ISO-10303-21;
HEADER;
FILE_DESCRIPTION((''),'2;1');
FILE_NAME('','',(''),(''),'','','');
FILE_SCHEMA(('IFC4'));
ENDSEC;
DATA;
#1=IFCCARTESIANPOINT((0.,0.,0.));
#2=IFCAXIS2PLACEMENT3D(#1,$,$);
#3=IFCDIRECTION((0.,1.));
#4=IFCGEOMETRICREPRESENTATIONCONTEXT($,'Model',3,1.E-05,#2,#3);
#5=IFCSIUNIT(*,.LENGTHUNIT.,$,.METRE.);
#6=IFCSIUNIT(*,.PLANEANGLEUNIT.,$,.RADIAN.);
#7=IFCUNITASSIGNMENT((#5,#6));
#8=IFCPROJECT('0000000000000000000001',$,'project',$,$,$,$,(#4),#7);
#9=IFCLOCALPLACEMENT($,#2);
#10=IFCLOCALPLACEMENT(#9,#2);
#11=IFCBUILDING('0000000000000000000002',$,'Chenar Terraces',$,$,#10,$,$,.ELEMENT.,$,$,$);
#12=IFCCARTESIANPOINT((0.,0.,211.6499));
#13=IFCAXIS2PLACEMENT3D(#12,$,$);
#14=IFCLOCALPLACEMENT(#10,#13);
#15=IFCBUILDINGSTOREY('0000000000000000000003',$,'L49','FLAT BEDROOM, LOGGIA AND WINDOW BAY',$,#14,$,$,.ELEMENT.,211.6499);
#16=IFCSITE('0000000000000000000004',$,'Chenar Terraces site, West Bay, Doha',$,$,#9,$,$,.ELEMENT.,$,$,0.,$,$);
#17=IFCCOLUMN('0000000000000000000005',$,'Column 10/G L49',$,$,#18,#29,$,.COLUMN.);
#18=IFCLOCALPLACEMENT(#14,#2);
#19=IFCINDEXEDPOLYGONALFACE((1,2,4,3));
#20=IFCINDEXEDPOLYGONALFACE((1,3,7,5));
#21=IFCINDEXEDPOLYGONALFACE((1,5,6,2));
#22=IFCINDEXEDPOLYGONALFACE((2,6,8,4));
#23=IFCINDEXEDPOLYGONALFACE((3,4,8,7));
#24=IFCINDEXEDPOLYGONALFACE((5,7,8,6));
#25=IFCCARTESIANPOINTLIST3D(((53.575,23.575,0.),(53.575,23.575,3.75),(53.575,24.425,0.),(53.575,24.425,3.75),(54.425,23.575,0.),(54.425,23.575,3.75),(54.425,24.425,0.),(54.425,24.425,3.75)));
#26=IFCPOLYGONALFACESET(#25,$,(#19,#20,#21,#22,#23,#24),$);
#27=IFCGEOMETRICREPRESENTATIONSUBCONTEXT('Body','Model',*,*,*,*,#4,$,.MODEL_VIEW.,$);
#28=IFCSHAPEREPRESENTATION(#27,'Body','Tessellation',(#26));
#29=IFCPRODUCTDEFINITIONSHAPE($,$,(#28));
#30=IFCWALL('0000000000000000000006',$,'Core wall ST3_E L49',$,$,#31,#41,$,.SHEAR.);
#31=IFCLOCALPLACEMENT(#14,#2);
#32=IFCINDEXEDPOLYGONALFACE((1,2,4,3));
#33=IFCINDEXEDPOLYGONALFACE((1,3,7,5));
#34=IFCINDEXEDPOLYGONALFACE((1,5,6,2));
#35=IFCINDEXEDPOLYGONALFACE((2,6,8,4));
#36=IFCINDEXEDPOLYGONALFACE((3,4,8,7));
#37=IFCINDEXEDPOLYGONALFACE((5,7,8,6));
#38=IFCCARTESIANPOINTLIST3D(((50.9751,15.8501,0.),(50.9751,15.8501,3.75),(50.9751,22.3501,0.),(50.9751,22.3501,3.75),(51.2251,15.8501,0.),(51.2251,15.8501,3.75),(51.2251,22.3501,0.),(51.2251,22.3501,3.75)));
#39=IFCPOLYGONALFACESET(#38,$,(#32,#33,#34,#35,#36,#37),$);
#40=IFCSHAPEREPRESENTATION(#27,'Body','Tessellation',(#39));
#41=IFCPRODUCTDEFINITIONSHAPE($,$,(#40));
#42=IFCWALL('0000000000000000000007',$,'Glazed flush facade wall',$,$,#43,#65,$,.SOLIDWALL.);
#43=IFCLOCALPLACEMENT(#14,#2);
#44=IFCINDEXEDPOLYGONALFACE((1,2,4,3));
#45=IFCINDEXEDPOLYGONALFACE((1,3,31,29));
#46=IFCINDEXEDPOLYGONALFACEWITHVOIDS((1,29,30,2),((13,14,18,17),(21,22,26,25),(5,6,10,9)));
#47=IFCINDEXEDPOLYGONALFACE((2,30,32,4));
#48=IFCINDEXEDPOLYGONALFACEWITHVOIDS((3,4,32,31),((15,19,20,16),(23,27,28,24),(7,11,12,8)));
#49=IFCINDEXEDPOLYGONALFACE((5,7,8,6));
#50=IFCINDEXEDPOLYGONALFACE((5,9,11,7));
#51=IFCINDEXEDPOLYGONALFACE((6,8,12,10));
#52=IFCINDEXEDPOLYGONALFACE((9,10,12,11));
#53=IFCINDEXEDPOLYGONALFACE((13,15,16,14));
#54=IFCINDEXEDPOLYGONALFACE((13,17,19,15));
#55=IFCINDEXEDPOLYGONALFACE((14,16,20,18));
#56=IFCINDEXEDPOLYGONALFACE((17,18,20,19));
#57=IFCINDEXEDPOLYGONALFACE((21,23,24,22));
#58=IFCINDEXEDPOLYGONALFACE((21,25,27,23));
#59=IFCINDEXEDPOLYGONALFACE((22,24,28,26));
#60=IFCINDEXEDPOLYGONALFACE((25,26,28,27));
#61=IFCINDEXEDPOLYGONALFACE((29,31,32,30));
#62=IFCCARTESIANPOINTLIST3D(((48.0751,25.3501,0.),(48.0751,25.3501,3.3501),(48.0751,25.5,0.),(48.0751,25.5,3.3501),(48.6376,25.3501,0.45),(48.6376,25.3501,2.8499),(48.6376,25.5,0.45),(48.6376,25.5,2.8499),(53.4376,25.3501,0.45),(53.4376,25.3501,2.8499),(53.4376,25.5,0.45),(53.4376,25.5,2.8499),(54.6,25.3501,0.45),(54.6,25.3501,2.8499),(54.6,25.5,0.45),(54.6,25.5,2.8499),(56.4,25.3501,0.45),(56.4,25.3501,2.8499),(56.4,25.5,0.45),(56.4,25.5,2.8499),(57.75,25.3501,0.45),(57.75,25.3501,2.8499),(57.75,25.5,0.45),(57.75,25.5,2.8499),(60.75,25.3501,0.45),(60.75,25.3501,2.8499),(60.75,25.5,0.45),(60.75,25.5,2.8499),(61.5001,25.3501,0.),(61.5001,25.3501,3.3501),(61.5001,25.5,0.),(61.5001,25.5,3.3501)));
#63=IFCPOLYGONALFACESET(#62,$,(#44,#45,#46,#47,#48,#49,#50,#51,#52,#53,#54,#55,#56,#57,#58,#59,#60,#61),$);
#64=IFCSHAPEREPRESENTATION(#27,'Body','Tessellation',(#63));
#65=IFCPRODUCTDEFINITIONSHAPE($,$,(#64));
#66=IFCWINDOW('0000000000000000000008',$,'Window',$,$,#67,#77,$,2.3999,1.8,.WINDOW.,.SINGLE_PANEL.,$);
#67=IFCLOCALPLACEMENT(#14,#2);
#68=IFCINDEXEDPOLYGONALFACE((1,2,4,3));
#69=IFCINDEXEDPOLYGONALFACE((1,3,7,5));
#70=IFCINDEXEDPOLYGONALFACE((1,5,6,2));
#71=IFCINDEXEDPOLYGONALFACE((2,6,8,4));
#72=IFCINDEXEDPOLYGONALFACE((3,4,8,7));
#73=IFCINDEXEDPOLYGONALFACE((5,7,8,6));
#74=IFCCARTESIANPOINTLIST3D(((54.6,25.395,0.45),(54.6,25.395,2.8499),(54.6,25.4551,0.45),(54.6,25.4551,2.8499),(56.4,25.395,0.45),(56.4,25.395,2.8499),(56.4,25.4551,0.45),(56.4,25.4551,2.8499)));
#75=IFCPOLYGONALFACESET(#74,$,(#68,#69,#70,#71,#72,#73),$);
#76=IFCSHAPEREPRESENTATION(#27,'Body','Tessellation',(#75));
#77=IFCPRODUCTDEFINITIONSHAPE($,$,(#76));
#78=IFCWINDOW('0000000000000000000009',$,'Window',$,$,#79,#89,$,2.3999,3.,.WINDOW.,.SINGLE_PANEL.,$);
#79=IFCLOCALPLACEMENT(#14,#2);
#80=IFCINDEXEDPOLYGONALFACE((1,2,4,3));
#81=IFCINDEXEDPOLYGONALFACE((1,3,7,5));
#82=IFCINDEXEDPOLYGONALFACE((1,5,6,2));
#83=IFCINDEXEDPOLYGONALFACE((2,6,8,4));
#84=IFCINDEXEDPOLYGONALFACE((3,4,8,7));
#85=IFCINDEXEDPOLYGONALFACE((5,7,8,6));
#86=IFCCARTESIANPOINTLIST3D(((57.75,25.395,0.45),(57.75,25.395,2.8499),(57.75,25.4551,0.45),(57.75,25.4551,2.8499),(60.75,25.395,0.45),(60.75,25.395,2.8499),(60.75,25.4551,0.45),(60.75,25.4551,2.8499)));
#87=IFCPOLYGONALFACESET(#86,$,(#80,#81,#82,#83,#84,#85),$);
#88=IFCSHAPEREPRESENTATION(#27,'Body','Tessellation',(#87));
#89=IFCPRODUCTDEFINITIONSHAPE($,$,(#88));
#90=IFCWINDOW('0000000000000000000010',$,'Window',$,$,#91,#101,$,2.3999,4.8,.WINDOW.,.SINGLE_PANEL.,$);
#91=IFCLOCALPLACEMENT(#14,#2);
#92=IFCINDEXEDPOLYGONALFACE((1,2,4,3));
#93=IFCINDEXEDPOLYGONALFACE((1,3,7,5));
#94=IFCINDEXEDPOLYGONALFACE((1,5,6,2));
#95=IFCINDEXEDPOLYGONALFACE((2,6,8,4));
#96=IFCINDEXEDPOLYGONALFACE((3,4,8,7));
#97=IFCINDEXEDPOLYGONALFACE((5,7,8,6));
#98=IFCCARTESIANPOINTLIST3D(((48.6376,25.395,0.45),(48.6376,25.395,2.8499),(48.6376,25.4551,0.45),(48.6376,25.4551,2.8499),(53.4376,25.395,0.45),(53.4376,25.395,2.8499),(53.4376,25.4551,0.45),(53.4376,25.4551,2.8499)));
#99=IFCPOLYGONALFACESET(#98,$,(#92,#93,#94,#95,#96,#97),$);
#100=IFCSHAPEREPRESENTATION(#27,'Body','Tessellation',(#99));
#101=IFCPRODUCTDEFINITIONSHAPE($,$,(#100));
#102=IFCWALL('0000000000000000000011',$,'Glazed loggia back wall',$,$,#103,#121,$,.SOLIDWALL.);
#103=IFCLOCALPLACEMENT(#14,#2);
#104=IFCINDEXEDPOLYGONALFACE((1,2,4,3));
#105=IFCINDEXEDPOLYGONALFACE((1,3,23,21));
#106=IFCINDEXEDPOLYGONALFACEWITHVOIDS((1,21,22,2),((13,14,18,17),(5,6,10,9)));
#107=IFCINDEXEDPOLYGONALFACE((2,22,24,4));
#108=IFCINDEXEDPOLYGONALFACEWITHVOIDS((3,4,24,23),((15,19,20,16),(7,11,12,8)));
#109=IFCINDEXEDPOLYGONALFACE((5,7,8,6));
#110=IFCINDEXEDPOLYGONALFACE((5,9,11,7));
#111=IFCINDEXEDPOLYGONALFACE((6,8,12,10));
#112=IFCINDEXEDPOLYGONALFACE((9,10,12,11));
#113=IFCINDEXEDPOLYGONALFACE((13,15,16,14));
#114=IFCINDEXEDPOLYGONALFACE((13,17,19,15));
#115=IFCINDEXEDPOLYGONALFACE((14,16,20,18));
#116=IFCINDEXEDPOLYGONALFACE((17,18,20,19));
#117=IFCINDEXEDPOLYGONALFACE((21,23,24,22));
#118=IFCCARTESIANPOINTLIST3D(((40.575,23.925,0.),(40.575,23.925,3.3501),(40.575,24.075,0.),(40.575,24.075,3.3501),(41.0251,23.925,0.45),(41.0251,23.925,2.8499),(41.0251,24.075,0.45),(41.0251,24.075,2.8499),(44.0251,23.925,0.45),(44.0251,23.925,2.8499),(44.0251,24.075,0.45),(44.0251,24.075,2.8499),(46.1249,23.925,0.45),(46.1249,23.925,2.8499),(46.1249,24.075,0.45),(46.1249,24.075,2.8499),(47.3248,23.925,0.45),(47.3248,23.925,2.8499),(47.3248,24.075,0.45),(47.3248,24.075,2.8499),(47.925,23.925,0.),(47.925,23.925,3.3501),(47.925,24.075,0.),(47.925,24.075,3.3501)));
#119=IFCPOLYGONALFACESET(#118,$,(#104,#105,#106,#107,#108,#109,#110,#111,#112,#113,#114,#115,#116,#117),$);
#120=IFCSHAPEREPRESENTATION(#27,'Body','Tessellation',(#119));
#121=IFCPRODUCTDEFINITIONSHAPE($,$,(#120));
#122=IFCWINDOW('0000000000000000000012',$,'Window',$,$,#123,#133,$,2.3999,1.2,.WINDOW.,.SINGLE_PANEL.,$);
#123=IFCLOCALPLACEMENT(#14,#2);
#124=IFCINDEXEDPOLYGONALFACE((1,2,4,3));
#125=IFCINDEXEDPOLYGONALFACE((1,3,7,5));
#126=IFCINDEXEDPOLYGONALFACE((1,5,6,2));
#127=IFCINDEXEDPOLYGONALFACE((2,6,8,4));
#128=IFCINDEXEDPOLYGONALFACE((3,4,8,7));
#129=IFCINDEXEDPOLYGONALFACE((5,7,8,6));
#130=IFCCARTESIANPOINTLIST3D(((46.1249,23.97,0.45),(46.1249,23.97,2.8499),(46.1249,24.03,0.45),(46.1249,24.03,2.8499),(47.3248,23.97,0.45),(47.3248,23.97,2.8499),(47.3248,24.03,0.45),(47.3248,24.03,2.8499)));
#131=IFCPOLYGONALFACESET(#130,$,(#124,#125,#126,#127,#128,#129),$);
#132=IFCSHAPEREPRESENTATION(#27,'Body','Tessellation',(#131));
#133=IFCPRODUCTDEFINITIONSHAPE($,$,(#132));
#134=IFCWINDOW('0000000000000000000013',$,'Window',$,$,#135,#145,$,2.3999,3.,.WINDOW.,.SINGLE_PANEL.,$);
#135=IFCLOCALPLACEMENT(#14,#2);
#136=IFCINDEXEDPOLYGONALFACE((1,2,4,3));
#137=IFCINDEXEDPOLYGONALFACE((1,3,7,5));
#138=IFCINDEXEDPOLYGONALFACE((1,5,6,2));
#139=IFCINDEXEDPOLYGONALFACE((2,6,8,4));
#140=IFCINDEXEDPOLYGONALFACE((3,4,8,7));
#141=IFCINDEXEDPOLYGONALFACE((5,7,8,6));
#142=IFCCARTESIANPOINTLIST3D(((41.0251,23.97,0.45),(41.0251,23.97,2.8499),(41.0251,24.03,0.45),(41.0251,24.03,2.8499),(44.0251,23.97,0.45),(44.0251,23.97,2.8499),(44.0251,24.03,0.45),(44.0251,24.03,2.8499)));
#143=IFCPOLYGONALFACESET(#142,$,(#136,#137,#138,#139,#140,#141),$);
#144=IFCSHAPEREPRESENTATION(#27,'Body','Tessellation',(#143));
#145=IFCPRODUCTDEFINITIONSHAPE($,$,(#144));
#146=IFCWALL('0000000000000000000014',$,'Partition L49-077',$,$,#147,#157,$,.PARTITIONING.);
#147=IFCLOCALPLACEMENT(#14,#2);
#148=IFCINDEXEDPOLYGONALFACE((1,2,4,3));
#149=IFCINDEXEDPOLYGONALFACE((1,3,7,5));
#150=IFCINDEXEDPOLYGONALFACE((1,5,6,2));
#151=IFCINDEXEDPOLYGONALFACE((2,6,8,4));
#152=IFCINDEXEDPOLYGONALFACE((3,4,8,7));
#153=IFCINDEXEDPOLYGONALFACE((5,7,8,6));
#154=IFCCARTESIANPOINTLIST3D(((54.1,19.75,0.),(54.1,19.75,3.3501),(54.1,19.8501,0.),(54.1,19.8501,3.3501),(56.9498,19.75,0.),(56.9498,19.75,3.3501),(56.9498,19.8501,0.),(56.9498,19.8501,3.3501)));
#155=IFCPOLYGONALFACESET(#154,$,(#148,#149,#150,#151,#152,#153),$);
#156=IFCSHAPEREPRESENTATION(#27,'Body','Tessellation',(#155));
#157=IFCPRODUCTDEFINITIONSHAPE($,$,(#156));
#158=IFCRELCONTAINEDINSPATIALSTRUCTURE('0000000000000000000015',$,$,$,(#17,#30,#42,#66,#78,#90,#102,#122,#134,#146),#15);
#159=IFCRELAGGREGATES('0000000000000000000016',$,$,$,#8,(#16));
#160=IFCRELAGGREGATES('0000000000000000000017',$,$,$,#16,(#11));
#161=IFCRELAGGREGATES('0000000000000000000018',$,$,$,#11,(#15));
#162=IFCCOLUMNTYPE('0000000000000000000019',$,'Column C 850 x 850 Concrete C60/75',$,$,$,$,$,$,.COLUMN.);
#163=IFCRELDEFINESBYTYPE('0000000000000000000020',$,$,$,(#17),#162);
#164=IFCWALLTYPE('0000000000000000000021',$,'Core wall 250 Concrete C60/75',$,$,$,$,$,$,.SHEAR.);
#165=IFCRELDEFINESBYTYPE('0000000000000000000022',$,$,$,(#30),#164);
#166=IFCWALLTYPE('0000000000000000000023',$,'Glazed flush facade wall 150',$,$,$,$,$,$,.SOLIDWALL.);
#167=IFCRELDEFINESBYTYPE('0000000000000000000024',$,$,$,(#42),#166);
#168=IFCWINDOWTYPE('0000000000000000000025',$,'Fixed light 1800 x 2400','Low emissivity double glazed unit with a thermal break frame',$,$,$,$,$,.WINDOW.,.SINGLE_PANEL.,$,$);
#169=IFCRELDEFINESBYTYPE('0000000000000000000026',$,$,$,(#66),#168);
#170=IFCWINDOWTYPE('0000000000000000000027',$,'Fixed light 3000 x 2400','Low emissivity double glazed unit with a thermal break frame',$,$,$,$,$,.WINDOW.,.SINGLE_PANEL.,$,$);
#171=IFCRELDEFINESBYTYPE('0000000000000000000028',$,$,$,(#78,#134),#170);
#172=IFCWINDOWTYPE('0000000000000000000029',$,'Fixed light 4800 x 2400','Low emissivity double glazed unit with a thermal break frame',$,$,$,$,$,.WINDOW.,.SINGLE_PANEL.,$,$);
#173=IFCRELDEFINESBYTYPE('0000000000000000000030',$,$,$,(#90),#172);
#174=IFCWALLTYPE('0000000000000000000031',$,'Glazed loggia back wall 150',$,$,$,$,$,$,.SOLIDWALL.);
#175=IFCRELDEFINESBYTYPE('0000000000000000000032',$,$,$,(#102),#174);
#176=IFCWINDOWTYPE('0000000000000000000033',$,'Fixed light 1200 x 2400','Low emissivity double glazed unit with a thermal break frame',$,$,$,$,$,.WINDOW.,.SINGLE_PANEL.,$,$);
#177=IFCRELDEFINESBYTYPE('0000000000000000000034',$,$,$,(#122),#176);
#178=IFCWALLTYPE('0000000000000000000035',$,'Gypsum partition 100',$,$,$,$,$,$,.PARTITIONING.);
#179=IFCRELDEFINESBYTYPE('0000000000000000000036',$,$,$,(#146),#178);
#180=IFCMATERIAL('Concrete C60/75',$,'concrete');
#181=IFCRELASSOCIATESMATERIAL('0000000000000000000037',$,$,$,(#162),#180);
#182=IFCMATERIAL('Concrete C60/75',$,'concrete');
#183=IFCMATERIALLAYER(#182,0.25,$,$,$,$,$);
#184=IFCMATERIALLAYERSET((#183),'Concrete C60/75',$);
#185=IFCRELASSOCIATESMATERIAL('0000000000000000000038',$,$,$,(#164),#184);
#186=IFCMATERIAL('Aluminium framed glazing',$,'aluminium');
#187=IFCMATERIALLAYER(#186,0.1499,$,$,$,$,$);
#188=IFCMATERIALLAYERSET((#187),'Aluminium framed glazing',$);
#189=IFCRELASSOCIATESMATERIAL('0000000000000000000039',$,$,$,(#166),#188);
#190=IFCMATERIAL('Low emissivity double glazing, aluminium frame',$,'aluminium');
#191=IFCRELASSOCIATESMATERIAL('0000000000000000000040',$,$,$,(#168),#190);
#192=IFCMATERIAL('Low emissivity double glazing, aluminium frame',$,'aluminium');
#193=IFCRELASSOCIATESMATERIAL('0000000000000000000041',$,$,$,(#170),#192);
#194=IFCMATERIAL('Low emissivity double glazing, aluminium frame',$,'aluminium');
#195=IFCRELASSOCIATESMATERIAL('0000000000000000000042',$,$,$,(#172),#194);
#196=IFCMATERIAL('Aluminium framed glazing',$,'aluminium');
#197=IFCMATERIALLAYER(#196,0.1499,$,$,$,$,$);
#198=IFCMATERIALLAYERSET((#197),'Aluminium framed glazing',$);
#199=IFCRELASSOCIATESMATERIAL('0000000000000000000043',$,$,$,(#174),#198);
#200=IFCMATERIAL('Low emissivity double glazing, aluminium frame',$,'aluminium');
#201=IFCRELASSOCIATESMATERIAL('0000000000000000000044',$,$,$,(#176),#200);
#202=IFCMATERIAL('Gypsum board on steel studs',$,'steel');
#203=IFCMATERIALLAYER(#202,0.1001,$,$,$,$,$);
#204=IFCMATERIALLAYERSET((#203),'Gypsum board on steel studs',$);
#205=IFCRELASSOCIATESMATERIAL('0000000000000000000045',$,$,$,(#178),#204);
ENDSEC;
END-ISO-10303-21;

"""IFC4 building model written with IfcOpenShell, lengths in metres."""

from ifc_helpers import new_model, si_unit, direction, frame, frame_2d, origin, origin_2d, place, context, subcontext, project, spatial, rectangle, extrude, material, layer, layer_set, material_profile, profile_set, type_object, element, fill, save


model = new_model("IFC4")

# Units and contexts
model_context = context("Model", 3, precision=1e-05, world=origin(), true_north=direction((0.0, 1.0)))
body_context = subcontext(model_context, "Body", "Model", "MODEL_VIEW")
ifc_project = project(units=[si_unit("LENGTHUNIT", "METRE"), si_unit("PLANEANGLEUNIT", "RADIAN")], contexts=[model_context])

# Site, building, storey
site_placement = place(None, origin())
site = spatial("IfcSite", under=ifc_project, at=site_placement, Name="Chenar Terraces site, West Bay, Doha", CompositionType="ELEMENT", RefElevation=0.0)
building_placement = place(site_placement, origin())
building = spatial("IfcBuilding", under=site, at=building_placement, Name="Chenar Terraces", CompositionType="ELEMENT")
storey_placement = place(building_placement, frame((0.0, 0.0, 211.6499)))
storey = spatial("IfcBuildingStorey", under=building, at=storey_placement, Name="L49", Description="FLAT BEDROOM, LOGGIA AND WINDOW BAY", CompositionType="ELEMENT", Elevation=211.6499)

# Column
ifc_material_1 = material(Name="Concrete C60/75", Category="concrete")
ifc_material_profile_1 = material_profile(ifc_material_1, rectangle(XDim=0.8501, YDim=0.8501, at=origin_2d()), Name="C 850 x 850")
ifc_profile_set_1 = profile_set([ifc_material_profile_1], Name="Concrete C60/75")
column_type = type_object("IfcColumnType", Name="Column C 850 x 850 Concrete C60/75", PredefinedType="COLUMN", material=ifc_profile_set_1)
column_placement = place(storey_placement, frame((54.0, 24.0, 0.0), z_axis=(0.0, 0.0, 1.0), x_axis=(1.0, 0.0, 0.0)))
element("IfcColumn", 1, at=column_placement, inside=storey, type_object=column_type, Name="Column 10/G L49", PredefinedType="COLUMN", context=body_context, shape_type="SweptSolid", body=[
    extrude(rectangle(XDim=0.8501, YDim=0.8501, at=origin_2d()), origin(), (0.0, 0.0, 1.0), 3.75),
])

# Wall
ifc_material_2 = material(Name="Concrete C60/75", Category="concrete")
ifc_layer_1 = layer(ifc_material_2, 0.25)
ifc_layer_set_1 = layer_set([ifc_layer_1], Name="Concrete C60/75")
wall_type_1 = type_object("IfcWallType", Name="Core wall 250 Concrete C60/75", PredefinedType="SHEAR", material=ifc_layer_set_1)
wall_1_placement = place(storey_placement, frame((51.1001, 15.8501, 0.0), z_axis=(0.0, 0.0, 1.0), x_axis=(0.0, 1.0, 0.0)))
element("IfcWall", 2, at=wall_1_placement, inside=storey, type_object=wall_type_1, Name="Core wall ST3_E L49", PredefinedType="SHEAR", context=body_context, shape_type="SweptSolid", body=[
    extrude(rectangle(XDim=6.5, YDim=0.25, at=frame_2d((3.25, 0.0))), origin(), (0.0, 0.0, 1.0), 3.75),
])

# Walls, openings, windows
ifc_material_3 = material(Name="Aluminium framed glazing", Category="aluminium")
ifc_layer_2 = layer(ifc_material_3, 0.1499)
ifc_layer_set_2 = layer_set([ifc_layer_2], Name="Aluminium framed glazing")
wall_type_2 = type_object("IfcWallType", Name="Glazed flush facade wall 150", PredefinedType="SOLIDWALL", material=ifc_layer_set_2)
wall_2_placement = place(storey_placement, frame((61.5, 25.425, 0.0), z_axis=(0.0, 0.0, 1.0), x_axis=(-1.0, 0.0, 0.0)))
wall_2 = element("IfcWall", 3, at=wall_2_placement, inside=storey, type_object=wall_type_2, Name="Glazed flush facade wall", PredefinedType="SOLIDWALL", context=body_context, shape_type="SweptSolid", body=[
    extrude(rectangle(XDim=13.425, YDim=0.1499, at=frame_2d((6.7124, 0.0))), origin(), (0.0, 0.0, 1.0), 3.3501),
])
opening_1_placement = place(wall_2_placement, frame((0.75, 0.0, 0.45)))
opening_1 = element("IfcOpeningElement", 4, at=opening_1_placement, cuts=wall_2, PredefinedType="OPENING", context=body_context, shape_type="SweptSolid", body=[
    extrude(rectangle(XDim=3.0, YDim=2.3999, at=frame_2d((1.5, 1.2))), frame((0.0, 0.085, 0.0), z_axis=(0.0, -1.0, 0.0), x_axis=(1.0, 0.0, 0.0)), (0.0, 0.0, 1.0), 0.1699),
])
opening_2_placement = place(wall_2_placement, frame((5.1001, 0.0, 0.45)))
opening_2 = element("IfcOpeningElement", 5, at=opening_2_placement, cuts=wall_2, PredefinedType="OPENING", context=body_context, shape_type="SweptSolid", body=[
    extrude(rectangle(XDim=1.8, YDim=2.3999, at=frame_2d((0.8999, 1.2))), frame((0.0, 0.085, 0.0), z_axis=(0.0, -1.0, 0.0), x_axis=(1.0, 0.0, 0.0)), (0.0, 0.0, 1.0), 0.1699),
])
opening_3_placement = place(wall_2_placement, frame((8.0625, 0.0, 0.45)))
opening_3 = element("IfcOpeningElement", 6, at=opening_3_placement, cuts=wall_2, PredefinedType="OPENING", context=body_context, shape_type="SweptSolid", body=[
    extrude(rectangle(XDim=4.8, YDim=2.3999, at=frame_2d((2.3999, 1.2))), frame((0.0, 0.085, 0.0), z_axis=(0.0, -1.0, 0.0), x_axis=(1.0, 0.0, 0.0)), (0.0, 0.0, 1.0), 0.1699),
])
ifc_material_4 = material(Name="Low emissivity double glazing, aluminium frame", Category="aluminium")
window_type_1 = type_object("IfcWindowType", Name="Fixed light 1800 x 2400", Description="Low emissivity double glazed unit with a thermal break frame", PartitioningType="SINGLE_PANEL", PredefinedType="WINDOW", material=ifc_material_4)
window_1_placement = place(opening_2_placement, origin())
window_1 = element("IfcWindow", 7, at=window_1_placement, inside=storey, type_object=window_type_1, Name="Window", OverallHeight=2.3999, OverallWidth=1.8, PartitioningType="SINGLE_PANEL", PredefinedType="WINDOW", context=body_context, shape_type="SweptSolid", body=[
    extrude(rectangle(XDim=1.8, YDim=2.3999, at=frame_2d((0.8999, 1.2))), frame((0.0, 0.03, 0.0), z_axis=(0.0, -1.0, 0.0), x_axis=(1.0, 0.0, 0.0)), (0.0, 0.0, 1.0), 0.0601),
])
fill(opening_2, window_1)
ifc_material_5 = material(Name="Low emissivity double glazing, aluminium frame", Category="aluminium")
window_type_2 = type_object("IfcWindowType", Name="Fixed light 3000 x 2400", Description="Low emissivity double glazed unit with a thermal break frame", PartitioningType="SINGLE_PANEL", PredefinedType="WINDOW", material=ifc_material_5)
window_2_placement = place(opening_1_placement, origin())
window_2 = element("IfcWindow", 8, at=window_2_placement, inside=storey, type_object=window_type_2, Name="Window", OverallHeight=2.3999, OverallWidth=3.0, PartitioningType="SINGLE_PANEL", PredefinedType="WINDOW", context=body_context, shape_type="SweptSolid", body=[
    extrude(rectangle(XDim=3.0, YDim=2.3999, at=frame_2d((1.5, 1.2))), frame((0.0, 0.03, 0.0), z_axis=(0.0, -1.0, 0.0), x_axis=(1.0, 0.0, 0.0)), (0.0, 0.0, 1.0), 0.0601),
])
fill(opening_1, window_2)
ifc_material_6 = material(Name="Low emissivity double glazing, aluminium frame", Category="aluminium")
window_type_3 = type_object("IfcWindowType", Name="Fixed light 4800 x 2400", Description="Low emissivity double glazed unit with a thermal break frame", PartitioningType="SINGLE_PANEL", PredefinedType="WINDOW", material=ifc_material_6)
window_3_placement = place(opening_3_placement, origin())
window_3 = element("IfcWindow", 9, at=window_3_placement, inside=storey, type_object=window_type_3, Name="Window", OverallHeight=2.3999, OverallWidth=4.8, PartitioningType="SINGLE_PANEL", PredefinedType="WINDOW", context=body_context, shape_type="SweptSolid", body=[
    extrude(rectangle(XDim=4.8, YDim=2.3999, at=frame_2d((2.3999, 1.2))), frame((0.0, 0.03, 0.0), z_axis=(0.0, -1.0, 0.0), x_axis=(1.0, 0.0, 0.0)), (0.0, 0.0, 1.0), 0.0601),
])
fill(opening_3, window_3)
ifc_material_7 = material(Name="Aluminium framed glazing", Category="aluminium")
ifc_layer_3 = layer(ifc_material_7, 0.1499)
ifc_layer_set_3 = layer_set([ifc_layer_3], Name="Aluminium framed glazing")
wall_type_3 = type_object("IfcWallType", Name="Glazed loggia back wall 150", PredefinedType="SOLIDWALL", material=ifc_layer_set_3)
wall_3_placement = place(storey_placement, frame((47.925, 24.0, 0.0), z_axis=(0.0, 0.0, 1.0), x_axis=(-1.0, 0.0, 0.0)))
wall_3 = element("IfcWall", 10, at=wall_3_placement, inside=storey, type_object=wall_type_3, Name="Glazed loggia back wall", PredefinedType="SOLIDWALL", context=body_context, shape_type="SweptSolid", body=[
    extrude(rectangle(XDim=7.3501, YDim=0.1499, at=frame_2d((3.675, 0.0))), origin(), (0.0, 0.0, 1.0), 3.3501),
])
opening_4_placement = place(wall_3_placement, frame((0.6001, 0.0, 0.45)))
opening_4 = element("IfcOpeningElement", 11, at=opening_4_placement, cuts=wall_3, PredefinedType="OPENING", context=body_context, shape_type="SweptSolid", body=[
    extrude(rectangle(XDim=1.2, YDim=2.3999, at=frame_2d((0.6001, 1.2))), frame((0.0, 0.085, 0.0), z_axis=(0.0, -1.0, 0.0), x_axis=(1.0, 0.0, 0.0)), (0.0, 0.0, 1.0), 0.1699),
])
opening_5_placement = place(wall_3_placement, frame((3.8999, 0.0, 0.45)))
opening_5 = element("IfcOpeningElement", 12, at=opening_5_placement, cuts=wall_3, PredefinedType="OPENING", context=body_context, shape_type="SweptSolid", body=[
    extrude(rectangle(XDim=3.0, YDim=2.3999, at=frame_2d((1.5, 1.2))), frame((0.0, 0.085, 0.0), z_axis=(0.0, -1.0, 0.0), x_axis=(1.0, 0.0, 0.0)), (0.0, 0.0, 1.0), 0.1699),
])
ifc_material_8 = material(Name="Low emissivity double glazing, aluminium frame", Category="aluminium")
window_type_4 = type_object("IfcWindowType", Name="Fixed light 1200 x 2400", Description="Low emissivity double glazed unit with a thermal break frame", PartitioningType="SINGLE_PANEL", PredefinedType="WINDOW", material=ifc_material_8)
window_4_placement = place(opening_4_placement, origin())
window_4 = element("IfcWindow", 13, at=window_4_placement, inside=storey, type_object=window_type_4, Name="Window", OverallHeight=2.3999, OverallWidth=1.2, PartitioningType="SINGLE_PANEL", PredefinedType="WINDOW", context=body_context, shape_type="SweptSolid", body=[
    extrude(rectangle(XDim=1.2, YDim=2.3999, at=frame_2d((0.6001, 1.2))), frame((0.0, 0.03, 0.0), z_axis=(0.0, -1.0, 0.0), x_axis=(1.0, 0.0, 0.0)), (0.0, 0.0, 1.0), 0.0601),
])
fill(opening_4, window_4)
window_5_placement = place(opening_5_placement, origin())
window_5 = element("IfcWindow", 14, at=window_5_placement, inside=storey, type_object=window_type_2, Name="Window", OverallHeight=2.3999, OverallWidth=3.0, PartitioningType="SINGLE_PANEL", PredefinedType="WINDOW", context=body_context, shape_type="SweptSolid", body=[
    extrude(rectangle(XDim=3.0, YDim=2.3999, at=frame_2d((1.5, 1.2))), frame((0.0, 0.03, 0.0), z_axis=(0.0, -1.0, 0.0), x_axis=(1.0, 0.0, 0.0)), (0.0, 0.0, 1.0), 0.0601),
])
fill(opening_5, window_5)

# Wall
ifc_material_9 = material(Name="Gypsum board on steel studs", Category="steel")
ifc_layer_4 = layer(ifc_material_9, 0.1001)
ifc_layer_set_4 = layer_set([ifc_layer_4], Name="Gypsum board on steel studs")
wall_type_4 = type_object("IfcWallType", Name="Gypsum partition 100", PredefinedType="PARTITIONING", material=ifc_layer_set_4)
wall_4_placement = place(storey_placement, frame((54.1001, 19.8, 0.0), z_axis=(0.0, 0.0, 1.0), x_axis=(1.0, 0.0, 0.0)))
element("IfcWall", 15, at=wall_4_placement, inside=storey, type_object=wall_type_4, Name="Partition L49-077", PredefinedType="PARTITIONING", context=body_context, shape_type="SweptSolid", body=[
    extrude(rectangle(XDim=2.8499, YDim=0.1001, at=frame_2d((1.4248, 0.0))), origin(), (0.0, 0.0, 1.0), 3.3501),
])

save(model, "model.ifc")
